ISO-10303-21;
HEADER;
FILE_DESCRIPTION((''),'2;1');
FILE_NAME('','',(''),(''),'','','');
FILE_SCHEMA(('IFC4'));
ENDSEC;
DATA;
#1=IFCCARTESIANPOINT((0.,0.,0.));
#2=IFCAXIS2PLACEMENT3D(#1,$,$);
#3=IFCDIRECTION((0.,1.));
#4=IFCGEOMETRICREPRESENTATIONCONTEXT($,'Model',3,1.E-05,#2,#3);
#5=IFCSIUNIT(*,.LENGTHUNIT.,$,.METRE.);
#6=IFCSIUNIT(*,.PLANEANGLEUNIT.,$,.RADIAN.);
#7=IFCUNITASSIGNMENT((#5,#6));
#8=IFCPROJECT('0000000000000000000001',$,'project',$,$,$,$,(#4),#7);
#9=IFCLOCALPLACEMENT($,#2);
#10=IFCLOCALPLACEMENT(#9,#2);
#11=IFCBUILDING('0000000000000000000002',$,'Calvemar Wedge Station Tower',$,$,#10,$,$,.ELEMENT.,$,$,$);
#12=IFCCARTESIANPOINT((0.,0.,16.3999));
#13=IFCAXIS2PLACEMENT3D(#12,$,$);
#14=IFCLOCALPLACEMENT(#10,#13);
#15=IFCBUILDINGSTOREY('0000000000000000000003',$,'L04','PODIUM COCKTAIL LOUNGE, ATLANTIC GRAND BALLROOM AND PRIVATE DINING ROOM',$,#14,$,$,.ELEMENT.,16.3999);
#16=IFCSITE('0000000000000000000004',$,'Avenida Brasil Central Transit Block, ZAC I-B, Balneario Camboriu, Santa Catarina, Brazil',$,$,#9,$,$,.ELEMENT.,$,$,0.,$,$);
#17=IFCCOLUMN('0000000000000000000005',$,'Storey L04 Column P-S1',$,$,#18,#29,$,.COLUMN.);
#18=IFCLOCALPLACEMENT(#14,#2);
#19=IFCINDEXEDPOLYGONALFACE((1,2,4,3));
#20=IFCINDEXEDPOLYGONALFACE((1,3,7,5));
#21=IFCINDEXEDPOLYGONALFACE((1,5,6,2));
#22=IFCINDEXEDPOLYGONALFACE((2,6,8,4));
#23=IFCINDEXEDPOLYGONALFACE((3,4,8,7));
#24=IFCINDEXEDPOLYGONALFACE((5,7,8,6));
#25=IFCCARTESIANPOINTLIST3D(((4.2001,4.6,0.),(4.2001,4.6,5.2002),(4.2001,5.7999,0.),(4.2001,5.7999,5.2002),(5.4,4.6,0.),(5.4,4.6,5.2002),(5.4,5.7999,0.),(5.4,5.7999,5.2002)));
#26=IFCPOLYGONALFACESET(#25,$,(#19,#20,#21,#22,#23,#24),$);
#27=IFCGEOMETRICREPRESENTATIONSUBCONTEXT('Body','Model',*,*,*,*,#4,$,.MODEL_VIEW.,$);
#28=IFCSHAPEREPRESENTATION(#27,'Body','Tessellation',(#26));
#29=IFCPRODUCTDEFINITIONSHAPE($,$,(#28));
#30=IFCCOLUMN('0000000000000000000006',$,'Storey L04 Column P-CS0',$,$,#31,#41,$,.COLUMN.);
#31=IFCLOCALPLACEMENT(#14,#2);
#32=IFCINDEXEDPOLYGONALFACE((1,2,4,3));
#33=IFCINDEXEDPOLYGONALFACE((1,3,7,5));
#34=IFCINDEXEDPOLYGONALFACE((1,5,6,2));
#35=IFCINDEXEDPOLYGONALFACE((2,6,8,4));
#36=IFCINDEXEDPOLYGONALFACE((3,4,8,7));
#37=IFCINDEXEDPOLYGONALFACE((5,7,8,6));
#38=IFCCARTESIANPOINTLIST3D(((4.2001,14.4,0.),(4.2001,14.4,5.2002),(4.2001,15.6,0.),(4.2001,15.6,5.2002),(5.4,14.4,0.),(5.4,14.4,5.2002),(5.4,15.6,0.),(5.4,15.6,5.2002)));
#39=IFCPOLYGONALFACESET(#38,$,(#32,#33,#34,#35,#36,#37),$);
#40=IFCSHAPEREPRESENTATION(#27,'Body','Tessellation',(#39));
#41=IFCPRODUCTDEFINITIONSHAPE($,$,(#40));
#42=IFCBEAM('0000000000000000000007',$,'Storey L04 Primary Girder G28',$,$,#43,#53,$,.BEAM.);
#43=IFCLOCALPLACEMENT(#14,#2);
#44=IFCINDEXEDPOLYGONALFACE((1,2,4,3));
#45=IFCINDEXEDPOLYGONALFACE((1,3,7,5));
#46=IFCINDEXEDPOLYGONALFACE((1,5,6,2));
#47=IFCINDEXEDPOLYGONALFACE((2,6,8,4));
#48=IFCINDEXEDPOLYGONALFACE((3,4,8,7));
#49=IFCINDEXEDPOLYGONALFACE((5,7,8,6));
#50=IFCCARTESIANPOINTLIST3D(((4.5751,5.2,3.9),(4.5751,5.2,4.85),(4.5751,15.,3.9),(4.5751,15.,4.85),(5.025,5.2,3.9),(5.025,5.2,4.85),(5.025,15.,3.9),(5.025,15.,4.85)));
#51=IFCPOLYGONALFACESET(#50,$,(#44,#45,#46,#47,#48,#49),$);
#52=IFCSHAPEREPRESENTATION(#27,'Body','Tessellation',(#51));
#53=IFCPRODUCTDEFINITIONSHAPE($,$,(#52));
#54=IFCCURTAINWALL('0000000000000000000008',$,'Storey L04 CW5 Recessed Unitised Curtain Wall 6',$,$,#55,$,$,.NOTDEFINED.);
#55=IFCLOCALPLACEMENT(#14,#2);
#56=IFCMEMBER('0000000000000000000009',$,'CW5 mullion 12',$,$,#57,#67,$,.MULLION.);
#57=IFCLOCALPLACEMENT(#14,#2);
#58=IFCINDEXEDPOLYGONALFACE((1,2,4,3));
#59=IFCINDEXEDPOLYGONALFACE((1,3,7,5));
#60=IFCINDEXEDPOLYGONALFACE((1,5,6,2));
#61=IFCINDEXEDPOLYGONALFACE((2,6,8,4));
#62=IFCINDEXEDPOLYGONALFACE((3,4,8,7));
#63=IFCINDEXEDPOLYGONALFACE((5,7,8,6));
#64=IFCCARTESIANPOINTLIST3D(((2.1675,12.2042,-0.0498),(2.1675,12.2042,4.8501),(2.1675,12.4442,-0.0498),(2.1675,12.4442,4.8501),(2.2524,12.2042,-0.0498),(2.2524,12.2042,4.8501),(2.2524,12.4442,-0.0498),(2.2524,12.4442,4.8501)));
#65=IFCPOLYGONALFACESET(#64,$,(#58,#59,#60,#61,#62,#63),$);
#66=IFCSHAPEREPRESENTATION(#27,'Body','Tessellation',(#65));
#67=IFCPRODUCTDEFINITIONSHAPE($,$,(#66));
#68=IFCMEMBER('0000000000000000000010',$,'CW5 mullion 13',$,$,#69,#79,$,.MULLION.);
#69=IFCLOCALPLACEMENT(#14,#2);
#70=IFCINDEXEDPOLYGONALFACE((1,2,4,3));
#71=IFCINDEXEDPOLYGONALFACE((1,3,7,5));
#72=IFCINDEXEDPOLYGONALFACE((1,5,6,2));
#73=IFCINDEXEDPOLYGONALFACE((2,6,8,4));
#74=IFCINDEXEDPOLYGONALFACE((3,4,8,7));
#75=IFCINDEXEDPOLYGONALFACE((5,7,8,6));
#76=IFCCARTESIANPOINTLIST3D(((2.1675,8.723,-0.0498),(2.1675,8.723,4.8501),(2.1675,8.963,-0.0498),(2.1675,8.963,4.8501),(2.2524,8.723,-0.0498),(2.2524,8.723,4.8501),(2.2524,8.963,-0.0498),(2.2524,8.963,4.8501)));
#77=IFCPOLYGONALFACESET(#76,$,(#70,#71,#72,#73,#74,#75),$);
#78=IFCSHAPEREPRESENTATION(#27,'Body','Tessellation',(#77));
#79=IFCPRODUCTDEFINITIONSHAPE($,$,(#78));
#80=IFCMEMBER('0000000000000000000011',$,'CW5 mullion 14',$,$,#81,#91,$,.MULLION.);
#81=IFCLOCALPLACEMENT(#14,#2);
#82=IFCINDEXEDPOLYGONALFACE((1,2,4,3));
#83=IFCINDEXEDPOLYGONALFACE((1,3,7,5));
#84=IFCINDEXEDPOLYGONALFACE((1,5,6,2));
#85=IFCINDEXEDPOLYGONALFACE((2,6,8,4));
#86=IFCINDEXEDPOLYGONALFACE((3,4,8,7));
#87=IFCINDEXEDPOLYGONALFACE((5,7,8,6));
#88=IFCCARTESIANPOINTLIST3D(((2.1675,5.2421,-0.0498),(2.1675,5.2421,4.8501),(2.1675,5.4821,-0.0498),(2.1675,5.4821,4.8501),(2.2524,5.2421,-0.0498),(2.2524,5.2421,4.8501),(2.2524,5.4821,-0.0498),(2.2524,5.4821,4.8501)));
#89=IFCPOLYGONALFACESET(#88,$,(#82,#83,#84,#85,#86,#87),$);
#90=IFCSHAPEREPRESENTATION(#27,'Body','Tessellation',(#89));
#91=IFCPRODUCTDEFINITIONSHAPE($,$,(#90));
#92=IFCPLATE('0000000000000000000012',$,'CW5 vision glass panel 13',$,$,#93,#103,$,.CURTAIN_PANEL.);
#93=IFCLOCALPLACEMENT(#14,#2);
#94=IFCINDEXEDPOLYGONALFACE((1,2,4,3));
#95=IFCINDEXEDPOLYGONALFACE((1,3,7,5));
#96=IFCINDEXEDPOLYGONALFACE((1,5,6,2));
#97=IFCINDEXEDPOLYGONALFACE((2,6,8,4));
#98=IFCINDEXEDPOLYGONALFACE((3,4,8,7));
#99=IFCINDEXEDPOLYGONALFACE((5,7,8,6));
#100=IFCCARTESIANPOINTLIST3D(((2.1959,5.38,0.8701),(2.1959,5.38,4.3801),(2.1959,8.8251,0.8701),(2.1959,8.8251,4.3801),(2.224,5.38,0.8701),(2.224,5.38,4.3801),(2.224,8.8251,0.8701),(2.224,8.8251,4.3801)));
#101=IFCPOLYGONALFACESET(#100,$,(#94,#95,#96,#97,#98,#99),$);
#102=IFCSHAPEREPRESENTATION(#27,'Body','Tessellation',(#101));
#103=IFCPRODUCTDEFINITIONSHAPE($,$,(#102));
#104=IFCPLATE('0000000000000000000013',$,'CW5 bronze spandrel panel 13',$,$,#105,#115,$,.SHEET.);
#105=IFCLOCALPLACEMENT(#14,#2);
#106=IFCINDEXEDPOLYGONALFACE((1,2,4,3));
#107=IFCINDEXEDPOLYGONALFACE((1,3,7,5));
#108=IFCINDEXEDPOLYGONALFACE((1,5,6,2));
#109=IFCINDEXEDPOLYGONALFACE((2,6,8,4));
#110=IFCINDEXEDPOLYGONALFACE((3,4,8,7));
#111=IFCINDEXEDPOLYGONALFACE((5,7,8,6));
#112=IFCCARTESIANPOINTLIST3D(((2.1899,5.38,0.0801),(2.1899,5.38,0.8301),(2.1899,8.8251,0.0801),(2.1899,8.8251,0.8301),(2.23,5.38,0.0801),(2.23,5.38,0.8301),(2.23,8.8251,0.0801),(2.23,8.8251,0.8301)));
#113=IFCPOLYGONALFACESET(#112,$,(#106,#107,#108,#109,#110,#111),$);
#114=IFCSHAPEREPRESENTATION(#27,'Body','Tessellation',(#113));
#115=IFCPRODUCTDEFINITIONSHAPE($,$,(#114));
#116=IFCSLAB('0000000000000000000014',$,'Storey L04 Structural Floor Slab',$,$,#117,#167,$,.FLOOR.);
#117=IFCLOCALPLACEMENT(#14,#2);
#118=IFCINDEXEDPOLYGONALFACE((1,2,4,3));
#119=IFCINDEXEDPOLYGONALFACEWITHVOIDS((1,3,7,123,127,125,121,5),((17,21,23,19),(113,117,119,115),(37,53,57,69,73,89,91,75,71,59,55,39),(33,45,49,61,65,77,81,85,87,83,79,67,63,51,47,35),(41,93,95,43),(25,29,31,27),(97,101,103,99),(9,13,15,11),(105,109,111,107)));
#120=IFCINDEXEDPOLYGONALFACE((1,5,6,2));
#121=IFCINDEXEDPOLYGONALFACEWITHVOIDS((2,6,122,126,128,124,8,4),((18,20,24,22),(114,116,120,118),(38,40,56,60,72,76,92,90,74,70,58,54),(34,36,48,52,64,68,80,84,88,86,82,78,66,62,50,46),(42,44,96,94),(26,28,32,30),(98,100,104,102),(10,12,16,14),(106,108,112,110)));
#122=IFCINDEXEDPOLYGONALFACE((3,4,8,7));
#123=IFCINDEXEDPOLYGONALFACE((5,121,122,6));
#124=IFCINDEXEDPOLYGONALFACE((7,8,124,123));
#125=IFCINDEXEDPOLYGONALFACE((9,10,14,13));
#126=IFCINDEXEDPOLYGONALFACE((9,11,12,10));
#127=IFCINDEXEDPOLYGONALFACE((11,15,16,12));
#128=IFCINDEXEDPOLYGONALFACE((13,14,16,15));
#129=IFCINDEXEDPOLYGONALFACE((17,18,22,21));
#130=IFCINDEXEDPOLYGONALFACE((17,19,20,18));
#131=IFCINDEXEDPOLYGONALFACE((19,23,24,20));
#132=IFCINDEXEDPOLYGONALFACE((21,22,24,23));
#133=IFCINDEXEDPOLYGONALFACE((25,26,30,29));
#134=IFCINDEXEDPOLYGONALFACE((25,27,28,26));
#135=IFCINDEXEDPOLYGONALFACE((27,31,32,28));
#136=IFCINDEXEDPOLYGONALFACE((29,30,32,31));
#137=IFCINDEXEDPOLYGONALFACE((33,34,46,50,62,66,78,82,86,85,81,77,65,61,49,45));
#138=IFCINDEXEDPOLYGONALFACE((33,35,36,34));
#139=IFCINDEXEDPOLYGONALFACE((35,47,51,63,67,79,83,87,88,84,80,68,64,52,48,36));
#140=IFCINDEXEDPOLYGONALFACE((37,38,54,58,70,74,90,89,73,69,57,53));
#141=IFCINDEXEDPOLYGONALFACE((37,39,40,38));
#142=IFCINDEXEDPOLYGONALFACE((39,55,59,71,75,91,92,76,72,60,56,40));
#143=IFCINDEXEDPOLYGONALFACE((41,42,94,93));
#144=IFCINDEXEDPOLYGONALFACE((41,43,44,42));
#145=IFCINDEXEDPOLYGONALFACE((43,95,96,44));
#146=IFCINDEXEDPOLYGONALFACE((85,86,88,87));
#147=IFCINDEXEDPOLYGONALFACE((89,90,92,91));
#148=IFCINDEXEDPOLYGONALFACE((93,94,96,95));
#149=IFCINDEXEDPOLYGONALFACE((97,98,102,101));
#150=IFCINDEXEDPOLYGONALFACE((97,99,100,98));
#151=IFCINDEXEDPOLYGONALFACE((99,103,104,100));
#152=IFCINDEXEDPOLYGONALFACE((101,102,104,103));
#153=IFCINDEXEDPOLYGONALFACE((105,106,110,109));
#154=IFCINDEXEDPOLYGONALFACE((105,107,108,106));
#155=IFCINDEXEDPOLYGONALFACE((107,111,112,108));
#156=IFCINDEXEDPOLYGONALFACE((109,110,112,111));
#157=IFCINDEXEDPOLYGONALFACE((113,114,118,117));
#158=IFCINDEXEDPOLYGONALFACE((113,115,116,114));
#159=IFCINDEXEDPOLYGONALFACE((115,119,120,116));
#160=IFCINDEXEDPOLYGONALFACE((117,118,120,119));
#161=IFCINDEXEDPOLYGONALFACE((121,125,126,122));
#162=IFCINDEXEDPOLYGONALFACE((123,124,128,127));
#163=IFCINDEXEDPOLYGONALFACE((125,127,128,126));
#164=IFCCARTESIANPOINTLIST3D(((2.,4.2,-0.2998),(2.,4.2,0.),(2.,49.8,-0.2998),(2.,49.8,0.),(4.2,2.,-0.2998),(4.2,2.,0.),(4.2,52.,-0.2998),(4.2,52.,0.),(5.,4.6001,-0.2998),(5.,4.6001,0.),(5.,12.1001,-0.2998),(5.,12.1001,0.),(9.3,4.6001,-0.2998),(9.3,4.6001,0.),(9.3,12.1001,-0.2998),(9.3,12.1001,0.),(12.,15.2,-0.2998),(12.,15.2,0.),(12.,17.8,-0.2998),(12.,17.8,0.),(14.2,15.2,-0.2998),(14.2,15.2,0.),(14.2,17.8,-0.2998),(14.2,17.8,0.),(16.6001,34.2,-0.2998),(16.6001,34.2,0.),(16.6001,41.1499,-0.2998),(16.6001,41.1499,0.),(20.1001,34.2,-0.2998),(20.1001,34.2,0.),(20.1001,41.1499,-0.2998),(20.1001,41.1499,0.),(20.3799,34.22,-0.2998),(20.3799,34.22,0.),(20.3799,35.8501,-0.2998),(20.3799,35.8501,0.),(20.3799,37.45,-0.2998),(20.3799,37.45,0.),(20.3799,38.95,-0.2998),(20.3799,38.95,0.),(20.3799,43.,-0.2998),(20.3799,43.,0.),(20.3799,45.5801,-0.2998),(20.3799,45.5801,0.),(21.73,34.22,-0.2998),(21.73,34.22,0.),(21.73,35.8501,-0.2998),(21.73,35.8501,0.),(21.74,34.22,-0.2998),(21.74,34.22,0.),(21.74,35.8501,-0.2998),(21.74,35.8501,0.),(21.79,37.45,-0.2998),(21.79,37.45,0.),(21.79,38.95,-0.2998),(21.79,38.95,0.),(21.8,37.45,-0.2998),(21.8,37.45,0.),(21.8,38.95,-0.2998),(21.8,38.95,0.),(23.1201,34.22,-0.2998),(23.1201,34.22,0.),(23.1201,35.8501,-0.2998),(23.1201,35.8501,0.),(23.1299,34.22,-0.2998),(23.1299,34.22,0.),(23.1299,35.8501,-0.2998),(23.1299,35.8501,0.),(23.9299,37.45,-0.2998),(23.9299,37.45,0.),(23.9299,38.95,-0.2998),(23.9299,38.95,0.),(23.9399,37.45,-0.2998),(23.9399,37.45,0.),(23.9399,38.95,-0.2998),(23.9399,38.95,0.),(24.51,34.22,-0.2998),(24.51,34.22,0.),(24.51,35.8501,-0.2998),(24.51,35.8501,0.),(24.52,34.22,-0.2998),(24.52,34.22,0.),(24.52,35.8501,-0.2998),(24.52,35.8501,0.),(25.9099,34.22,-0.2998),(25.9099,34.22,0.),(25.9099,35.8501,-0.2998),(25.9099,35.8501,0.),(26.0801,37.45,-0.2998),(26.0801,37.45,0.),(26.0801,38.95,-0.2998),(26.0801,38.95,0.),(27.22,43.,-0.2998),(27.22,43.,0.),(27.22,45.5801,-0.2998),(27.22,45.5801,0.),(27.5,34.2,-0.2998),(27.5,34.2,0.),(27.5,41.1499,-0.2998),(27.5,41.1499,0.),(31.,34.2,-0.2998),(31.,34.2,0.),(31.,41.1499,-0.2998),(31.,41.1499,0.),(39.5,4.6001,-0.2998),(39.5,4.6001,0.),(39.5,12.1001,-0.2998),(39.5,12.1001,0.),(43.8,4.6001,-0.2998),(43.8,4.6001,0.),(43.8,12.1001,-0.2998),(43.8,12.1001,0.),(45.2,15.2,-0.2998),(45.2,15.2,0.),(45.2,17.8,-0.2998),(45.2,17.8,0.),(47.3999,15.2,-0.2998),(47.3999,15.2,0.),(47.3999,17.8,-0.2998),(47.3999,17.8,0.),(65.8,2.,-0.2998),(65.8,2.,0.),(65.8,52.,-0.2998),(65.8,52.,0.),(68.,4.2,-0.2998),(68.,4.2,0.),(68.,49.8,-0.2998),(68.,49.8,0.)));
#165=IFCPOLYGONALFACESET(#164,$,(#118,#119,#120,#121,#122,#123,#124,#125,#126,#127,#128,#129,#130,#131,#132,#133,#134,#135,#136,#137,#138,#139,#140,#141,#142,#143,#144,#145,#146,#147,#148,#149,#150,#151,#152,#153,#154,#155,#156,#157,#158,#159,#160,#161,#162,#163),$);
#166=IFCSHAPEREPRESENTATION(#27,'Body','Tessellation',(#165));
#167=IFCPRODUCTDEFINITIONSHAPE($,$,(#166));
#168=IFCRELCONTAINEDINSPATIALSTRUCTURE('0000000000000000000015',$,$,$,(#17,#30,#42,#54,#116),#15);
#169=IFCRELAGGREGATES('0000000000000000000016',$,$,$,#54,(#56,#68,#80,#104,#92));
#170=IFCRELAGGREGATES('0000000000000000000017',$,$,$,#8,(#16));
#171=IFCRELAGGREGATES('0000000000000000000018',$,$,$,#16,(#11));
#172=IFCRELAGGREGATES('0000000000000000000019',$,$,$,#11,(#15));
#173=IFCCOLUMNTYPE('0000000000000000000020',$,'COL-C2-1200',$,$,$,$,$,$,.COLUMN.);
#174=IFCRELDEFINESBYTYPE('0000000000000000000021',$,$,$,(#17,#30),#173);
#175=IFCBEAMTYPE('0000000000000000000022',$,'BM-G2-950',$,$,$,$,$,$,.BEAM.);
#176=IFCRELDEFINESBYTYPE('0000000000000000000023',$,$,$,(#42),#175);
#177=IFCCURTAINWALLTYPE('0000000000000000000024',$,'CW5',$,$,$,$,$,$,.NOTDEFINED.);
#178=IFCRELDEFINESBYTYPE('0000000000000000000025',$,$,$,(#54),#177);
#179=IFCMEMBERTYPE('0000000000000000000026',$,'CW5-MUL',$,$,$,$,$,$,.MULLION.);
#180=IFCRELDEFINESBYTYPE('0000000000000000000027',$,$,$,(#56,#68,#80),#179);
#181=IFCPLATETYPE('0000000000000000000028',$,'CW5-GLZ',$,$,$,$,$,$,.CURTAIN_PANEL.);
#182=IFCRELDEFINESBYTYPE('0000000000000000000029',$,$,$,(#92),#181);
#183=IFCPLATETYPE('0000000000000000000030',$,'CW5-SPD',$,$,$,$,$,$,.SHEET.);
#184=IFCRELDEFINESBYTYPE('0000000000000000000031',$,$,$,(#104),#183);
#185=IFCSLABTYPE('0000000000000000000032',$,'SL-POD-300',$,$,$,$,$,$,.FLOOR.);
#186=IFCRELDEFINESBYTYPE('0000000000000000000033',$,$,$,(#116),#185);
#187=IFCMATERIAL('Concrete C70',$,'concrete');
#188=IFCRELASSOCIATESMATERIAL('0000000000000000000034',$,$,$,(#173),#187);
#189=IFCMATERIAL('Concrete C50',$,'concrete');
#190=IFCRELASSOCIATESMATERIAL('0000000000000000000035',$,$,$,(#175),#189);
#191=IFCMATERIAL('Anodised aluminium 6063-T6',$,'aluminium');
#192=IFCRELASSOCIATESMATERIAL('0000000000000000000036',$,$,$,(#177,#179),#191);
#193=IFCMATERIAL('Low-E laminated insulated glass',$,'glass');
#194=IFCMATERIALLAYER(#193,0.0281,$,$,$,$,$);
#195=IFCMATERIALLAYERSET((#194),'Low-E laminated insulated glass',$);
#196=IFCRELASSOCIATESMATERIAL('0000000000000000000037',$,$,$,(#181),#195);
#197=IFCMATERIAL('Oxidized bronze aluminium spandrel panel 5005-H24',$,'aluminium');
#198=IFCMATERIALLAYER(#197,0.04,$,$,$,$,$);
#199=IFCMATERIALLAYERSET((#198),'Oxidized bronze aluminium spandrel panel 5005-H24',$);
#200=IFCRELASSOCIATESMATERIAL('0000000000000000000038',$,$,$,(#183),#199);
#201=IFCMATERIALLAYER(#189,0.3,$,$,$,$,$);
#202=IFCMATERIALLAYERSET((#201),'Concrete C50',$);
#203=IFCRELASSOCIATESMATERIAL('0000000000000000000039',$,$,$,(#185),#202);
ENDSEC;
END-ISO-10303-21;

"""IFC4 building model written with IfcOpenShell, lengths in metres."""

from ifc_helpers import new_model, si_unit, direction, frame, frame_2d, origin, origin_2d, place, context, subcontext, project, spatial, polyline, rectangle, outline, extrude, source, transform, mapped, material, layer, layer_set, material_profile, profile_set, type_object, element, aggregate, save


model = new_model("IFC4")

# Units and contexts
model_context = context("Model", 3, precision=1e-05, world=origin(), true_north=direction((0.0, 1.0)))
body_context = subcontext(model_context, "Body", "Model", "MODEL_VIEW")
ifc_project = project(units=[si_unit("LENGTHUNIT", "METRE"), si_unit("PLANEANGLEUNIT", "RADIAN")], contexts=[model_context])

# Site, building, storey
site_placement = place(None, origin())
site = spatial("IfcSite", under=ifc_project, at=site_placement, Name="Avenida Brasil Central Transit Block, ZAC I-B, Balneario Camboriu, Santa Catarina, Brazil", CompositionType="ELEMENT", RefElevation=0.0)
building_placement = place(site_placement, origin())
building = spatial("IfcBuilding", under=site, at=building_placement, Name="Calvemar Wedge Station Tower", CompositionType="ELEMENT")
storey_placement = place(building_placement, frame((0.0, 0.0, 16.3999)))
storey = spatial("IfcBuildingStorey", under=building, at=storey_placement, Name="L04", Description="PODIUM COCKTAIL LOUNGE, ATLANTIC GRAND BALLROOM AND PRIVATE DINING ROOM", CompositionType="ELEMENT", Elevation=16.3999)

# Columns
ifc_material_1 = material(Name="Concrete C70", Category="concrete")
ifc_material_profile_1 = material_profile(ifc_material_1, rectangle(XDim=1.2, YDim=1.2, at=origin_2d()), Name="RC1200x1200")
ifc_profile_set_1 = profile_set([ifc_material_profile_1], Name="Concrete C70")
column_type = type_object("IfcColumnType", Name="COL-C2-1200", PredefinedType="COLUMN", material=ifc_profile_set_1)
shared_shape_1 = source(origin(), body_context, "Body", "SweptSolid", [
    extrude(rectangle(XDim=1.2, YDim=1.2, at=origin_2d()), origin(), (0.0, 0.0, 1.0), 5.2002),
])
for number, where, z_axis, x_axis, name in (
    (1, (4.8, 5.2, 0.0), (0.0, 0.0, 1.0), (1.0, 0.0, 0.0), "Storey L04 Column P-S1"),
    (2, (4.8, 15.0, 0.0), (0.0, 0.0, 1.0), (1.0, 0.0, 0.0), "Storey L04 Column P-CS0"),
):
    element("IfcColumn", number, at=place(storey_placement, frame(where, z_axis=z_axis, x_axis=x_axis)), inside=storey, type_object=column_type, Name=name, PredefinedType="COLUMN", context=body_context, shape_type="MappedRepresentation", body=[
        mapped(shared_shape_1, transform((0.0, 0.0, 0.0), scale=1.0)),
    ])

# Beam
ifc_material_2 = material(Name="Concrete C50", Category="concrete")
ifc_material_profile_2 = material_profile(ifc_material_2, rectangle(XDim=0.45, YDim=0.95, at=origin_2d()), Name="RC450x950")
ifc_profile_set_2 = profile_set([ifc_material_profile_2], Name="Concrete C50")
beam_type = type_object("IfcBeamType", Name="BM-G2-950", PredefinedType="BEAM", material=ifc_profile_set_2)
shared_shape_2 = source(origin(), body_context, "Body", "SweptSolid", [
    extrude(rectangle(XDim=0.45, YDim=0.95, at=origin_2d()), origin(), (0.0, 0.0, 1.0), 9.8),
])
beam_placement = place(storey_placement, frame((4.8, 5.2, 4.375), z_axis=(0.0, 1.0, 0.0), x_axis=(-1.0, 0.0, 0.0)))
element("IfcBeam", 3, at=beam_placement, inside=storey, type_object=beam_type, Name="Storey L04 Primary Girder G28", PredefinedType="BEAM", context=body_context, shape_type="MappedRepresentation", body=[
    mapped(shared_shape_2, transform((0.0, 0.0, 0.0), scale=1.0)),
])

# Curtain wall, members, plates
ifc_material_3 = material(Name="Anodised aluminium 6063-T6", Category="aluminium")
curtain_wall_type = type_object("IfcCurtainWallType", Name="CW5", PredefinedType="NOTDEFINED", material=ifc_material_3)
curtain_wall_placement = place(storey_placement, origin())
curtain_wall = element("IfcCurtainWall", 4, at=curtain_wall_placement, inside=storey, type_object=curtain_wall_type, Name="Storey L04 CW5 Recessed Unitised Curtain Wall 6", PredefinedType="NOTDEFINED")
ifc_material_profile_3 = material_profile(ifc_material_3, rectangle(XDim=0.085, YDim=0.24, at=origin_2d()), Name="AL-MUL-85x240")
ifc_profile_set_3 = profile_set([ifc_material_profile_3], Name="Anodised aluminium 6063-T6")
member_type = type_object("IfcMemberType", Name="CW5-MUL", PredefinedType="MULLION", material=ifc_profile_set_3)
shared_shape_3 = source(origin(), body_context, "Body", "SweptSolid", [
    extrude(rectangle(XDim=0.085, YDim=0.24, at=origin_2d()), origin(), (0.0, 0.0, 1.0), 4.8999),
])
member_1_placement = place(storey_placement, frame((2.21, 12.3242, -0.0498), z_axis=(0.0, 0.0, 1.0), x_axis=(1.0, 0.0, 0.0)))
member_1 = element("IfcMember", 5, at=member_1_placement, type_object=member_type, Name="CW5 mullion 12", PredefinedType="MULLION", context=body_context, shape_type="MappedRepresentation", body=[
    mapped(shared_shape_3, transform((0.0, 0.0, 0.0), scale=1.0)),
])
member_2_placement = place(storey_placement, frame((2.21, 8.843, -0.0498), z_axis=(0.0, 0.0, 1.0), x_axis=(1.0, 0.0, 0.0)))
member_2 = element("IfcMember", 6, at=member_2_placement, type_object=member_type, Name="CW5 mullion 13", PredefinedType="MULLION", context=body_context, shape_type="MappedRepresentation", body=[
    mapped(shared_shape_3, transform((0.0, 0.0, 0.0), scale=1.0)),
])
member_3_placement = place(storey_placement, frame((2.21, 5.3621, -0.0498), z_axis=(0.0, 0.0, 1.0), x_axis=(1.0, 0.0, 0.0)))
member_3 = element("IfcMember", 7, at=member_3_placement, type_object=member_type, Name="CW5 mullion 14", PredefinedType="MULLION", context=body_context, shape_type="MappedRepresentation", body=[
    mapped(shared_shape_3, transform((0.0, 0.0, 0.0), scale=1.0)),
])
ifc_material_4 = material(Name="Low-E laminated insulated glass", Category="glass")
ifc_layer_1 = layer(ifc_material_4, 0.0281)
ifc_layer_set_1 = layer_set([ifc_layer_1], Name="Low-E laminated insulated glass")
plate_type_1 = type_object("IfcPlateType", Name="CW5-GLZ", PredefinedType="CURTAIN_PANEL", material=ifc_layer_set_1)
plate_1_placement = place(storey_placement, frame((2.21, 8.8252, 0.8701), z_axis=(0.0, 0.0, 1.0), x_axis=(0.0, -1.0, 0.0)))
plate_1 = element("IfcPlate", 8, at=plate_1_placement, type_object=plate_type_1, Name="CW5 vision glass panel 13", PredefinedType="CURTAIN_PANEL", context=body_context, shape_type="SweptSolid", body=[
    extrude(rectangle(XDim=3.4451, YDim=0.0281, at=frame_2d((1.7227, 0.0))), origin(), (0.0, 0.0, 1.0), 3.51),
])
ifc_material_5 = material(Name="Oxidized bronze aluminium spandrel panel 5005-H24", Category="aluminium")
ifc_layer_2 = layer(ifc_material_5, 0.04)
ifc_layer_set_2 = layer_set([ifc_layer_2], Name="Oxidized bronze aluminium spandrel panel 5005-H24")
plate_type_2 = type_object("IfcPlateType", Name="CW5-SPD", PredefinedType="SHEET", material=ifc_layer_set_2)
plate_2_placement = place(storey_placement, frame((2.21, 8.8252, 0.0801), z_axis=(0.0, 0.0, 1.0), x_axis=(0.0, -1.0, 0.0)))
plate_2 = element("IfcPlate", 9, at=plate_2_placement, type_object=plate_type_2, Name="CW5 bronze spandrel panel 13", PredefinedType="SHEET", context=body_context, shape_type="SweptSolid", body=[
    extrude(rectangle(XDim=3.4451, YDim=0.04, at=frame_2d((1.7227, 0.0))), origin(), (0.0, 0.0, 1.0), 0.75),
])
aggregate(curtain_wall, [member_1, member_2, member_3, plate_2, plate_1])

# Slab
ifc_layer_3 = layer(ifc_material_2, 0.3)
ifc_layer_set_3 = layer_set([ifc_layer_3], Name="Concrete C50")
slab_type_1 = type_object("IfcSlabType", Name="SL-POD-300", PredefinedType="FLOOR", material=ifc_layer_set_3)
slab_1_placement = place(storey_placement, frame((0.0, 0.0, -0.2998)))
element("IfcSlab", 10, at=slab_1_placement, inside=storey, type_object=slab_type_1, Name="Storey L04 Structural Floor Slab", PredefinedType="FLOOR", context=body_context, shape_type="SweptSolid", body=[
    extrude(outline(polyline([(4.2, 2.0), (65.8, 2.0), (68.0, 4.2), (68.0, 49.8), (65.8, 52.0), (4.2, 52.0), (2.0, 49.8), (2.0, 4.2), (4.2, 2.0)]), holes=[polyline([(5.0, 4.6001), (9.3, 4.6001), (9.3, 12.1001), (5.0, 12.1001), (5.0, 4.6001)]), polyline([(12.0, 15.2), (14.2, 15.2), (14.2, 17.8), (12.0, 17.8), (12.0, 15.2)]), polyline([(21.73, 34.22), (21.74, 34.22), (23.1201, 34.22), (23.1299, 34.22), (24.51, 34.22), (24.52, 34.22), (25.9099, 34.22), (25.9099, 35.8501), (24.52, 35.8501), (24.51, 35.8501), (23.1299, 35.8501), (23.1201, 35.8501), (21.74, 35.8501), (21.73, 35.8501), (20.3799, 35.8501), (20.3799, 34.22), (21.73, 34.22)]), polyline([(16.6001, 41.1499), (16.6001, 34.2), (20.1001, 34.2), (20.1001, 41.1499), (16.6001, 41.1499)]), polyline([(23.9399, 37.45), (26.0801, 37.45), (26.0801, 38.95), (23.9399, 38.95), (23.9299, 38.95), (21.8, 38.95), (21.79, 38.95), (20.3799, 38.95), (20.3799, 37.45), (21.79, 37.45), (21.8, 37.45), (23.9299, 37.45), (23.9399, 37.45)]), polyline([(39.5, 4.6001), (43.8, 4.6001), (43.8, 12.1001), (39.5, 12.1001), (39.5, 4.6001)]), polyline([(45.2, 15.2), (47.3999, 15.2), (47.3999, 17.8), (45.2, 17.8), (45.2, 15.2)]), polyline([(27.5, 41.1499), (27.5, 34.2), (31.0, 34.2), (31.0, 41.1499), (27.5, 41.1499)]), polyline([(20.3799, 43.0), (27.22, 43.0), (27.22, 45.5801), (20.3799, 45.5801), (20.3799, 43.0)])]), origin(), (0.0, 0.0, 1.0), 0.2998),
])

save(model, "model.ifc")
